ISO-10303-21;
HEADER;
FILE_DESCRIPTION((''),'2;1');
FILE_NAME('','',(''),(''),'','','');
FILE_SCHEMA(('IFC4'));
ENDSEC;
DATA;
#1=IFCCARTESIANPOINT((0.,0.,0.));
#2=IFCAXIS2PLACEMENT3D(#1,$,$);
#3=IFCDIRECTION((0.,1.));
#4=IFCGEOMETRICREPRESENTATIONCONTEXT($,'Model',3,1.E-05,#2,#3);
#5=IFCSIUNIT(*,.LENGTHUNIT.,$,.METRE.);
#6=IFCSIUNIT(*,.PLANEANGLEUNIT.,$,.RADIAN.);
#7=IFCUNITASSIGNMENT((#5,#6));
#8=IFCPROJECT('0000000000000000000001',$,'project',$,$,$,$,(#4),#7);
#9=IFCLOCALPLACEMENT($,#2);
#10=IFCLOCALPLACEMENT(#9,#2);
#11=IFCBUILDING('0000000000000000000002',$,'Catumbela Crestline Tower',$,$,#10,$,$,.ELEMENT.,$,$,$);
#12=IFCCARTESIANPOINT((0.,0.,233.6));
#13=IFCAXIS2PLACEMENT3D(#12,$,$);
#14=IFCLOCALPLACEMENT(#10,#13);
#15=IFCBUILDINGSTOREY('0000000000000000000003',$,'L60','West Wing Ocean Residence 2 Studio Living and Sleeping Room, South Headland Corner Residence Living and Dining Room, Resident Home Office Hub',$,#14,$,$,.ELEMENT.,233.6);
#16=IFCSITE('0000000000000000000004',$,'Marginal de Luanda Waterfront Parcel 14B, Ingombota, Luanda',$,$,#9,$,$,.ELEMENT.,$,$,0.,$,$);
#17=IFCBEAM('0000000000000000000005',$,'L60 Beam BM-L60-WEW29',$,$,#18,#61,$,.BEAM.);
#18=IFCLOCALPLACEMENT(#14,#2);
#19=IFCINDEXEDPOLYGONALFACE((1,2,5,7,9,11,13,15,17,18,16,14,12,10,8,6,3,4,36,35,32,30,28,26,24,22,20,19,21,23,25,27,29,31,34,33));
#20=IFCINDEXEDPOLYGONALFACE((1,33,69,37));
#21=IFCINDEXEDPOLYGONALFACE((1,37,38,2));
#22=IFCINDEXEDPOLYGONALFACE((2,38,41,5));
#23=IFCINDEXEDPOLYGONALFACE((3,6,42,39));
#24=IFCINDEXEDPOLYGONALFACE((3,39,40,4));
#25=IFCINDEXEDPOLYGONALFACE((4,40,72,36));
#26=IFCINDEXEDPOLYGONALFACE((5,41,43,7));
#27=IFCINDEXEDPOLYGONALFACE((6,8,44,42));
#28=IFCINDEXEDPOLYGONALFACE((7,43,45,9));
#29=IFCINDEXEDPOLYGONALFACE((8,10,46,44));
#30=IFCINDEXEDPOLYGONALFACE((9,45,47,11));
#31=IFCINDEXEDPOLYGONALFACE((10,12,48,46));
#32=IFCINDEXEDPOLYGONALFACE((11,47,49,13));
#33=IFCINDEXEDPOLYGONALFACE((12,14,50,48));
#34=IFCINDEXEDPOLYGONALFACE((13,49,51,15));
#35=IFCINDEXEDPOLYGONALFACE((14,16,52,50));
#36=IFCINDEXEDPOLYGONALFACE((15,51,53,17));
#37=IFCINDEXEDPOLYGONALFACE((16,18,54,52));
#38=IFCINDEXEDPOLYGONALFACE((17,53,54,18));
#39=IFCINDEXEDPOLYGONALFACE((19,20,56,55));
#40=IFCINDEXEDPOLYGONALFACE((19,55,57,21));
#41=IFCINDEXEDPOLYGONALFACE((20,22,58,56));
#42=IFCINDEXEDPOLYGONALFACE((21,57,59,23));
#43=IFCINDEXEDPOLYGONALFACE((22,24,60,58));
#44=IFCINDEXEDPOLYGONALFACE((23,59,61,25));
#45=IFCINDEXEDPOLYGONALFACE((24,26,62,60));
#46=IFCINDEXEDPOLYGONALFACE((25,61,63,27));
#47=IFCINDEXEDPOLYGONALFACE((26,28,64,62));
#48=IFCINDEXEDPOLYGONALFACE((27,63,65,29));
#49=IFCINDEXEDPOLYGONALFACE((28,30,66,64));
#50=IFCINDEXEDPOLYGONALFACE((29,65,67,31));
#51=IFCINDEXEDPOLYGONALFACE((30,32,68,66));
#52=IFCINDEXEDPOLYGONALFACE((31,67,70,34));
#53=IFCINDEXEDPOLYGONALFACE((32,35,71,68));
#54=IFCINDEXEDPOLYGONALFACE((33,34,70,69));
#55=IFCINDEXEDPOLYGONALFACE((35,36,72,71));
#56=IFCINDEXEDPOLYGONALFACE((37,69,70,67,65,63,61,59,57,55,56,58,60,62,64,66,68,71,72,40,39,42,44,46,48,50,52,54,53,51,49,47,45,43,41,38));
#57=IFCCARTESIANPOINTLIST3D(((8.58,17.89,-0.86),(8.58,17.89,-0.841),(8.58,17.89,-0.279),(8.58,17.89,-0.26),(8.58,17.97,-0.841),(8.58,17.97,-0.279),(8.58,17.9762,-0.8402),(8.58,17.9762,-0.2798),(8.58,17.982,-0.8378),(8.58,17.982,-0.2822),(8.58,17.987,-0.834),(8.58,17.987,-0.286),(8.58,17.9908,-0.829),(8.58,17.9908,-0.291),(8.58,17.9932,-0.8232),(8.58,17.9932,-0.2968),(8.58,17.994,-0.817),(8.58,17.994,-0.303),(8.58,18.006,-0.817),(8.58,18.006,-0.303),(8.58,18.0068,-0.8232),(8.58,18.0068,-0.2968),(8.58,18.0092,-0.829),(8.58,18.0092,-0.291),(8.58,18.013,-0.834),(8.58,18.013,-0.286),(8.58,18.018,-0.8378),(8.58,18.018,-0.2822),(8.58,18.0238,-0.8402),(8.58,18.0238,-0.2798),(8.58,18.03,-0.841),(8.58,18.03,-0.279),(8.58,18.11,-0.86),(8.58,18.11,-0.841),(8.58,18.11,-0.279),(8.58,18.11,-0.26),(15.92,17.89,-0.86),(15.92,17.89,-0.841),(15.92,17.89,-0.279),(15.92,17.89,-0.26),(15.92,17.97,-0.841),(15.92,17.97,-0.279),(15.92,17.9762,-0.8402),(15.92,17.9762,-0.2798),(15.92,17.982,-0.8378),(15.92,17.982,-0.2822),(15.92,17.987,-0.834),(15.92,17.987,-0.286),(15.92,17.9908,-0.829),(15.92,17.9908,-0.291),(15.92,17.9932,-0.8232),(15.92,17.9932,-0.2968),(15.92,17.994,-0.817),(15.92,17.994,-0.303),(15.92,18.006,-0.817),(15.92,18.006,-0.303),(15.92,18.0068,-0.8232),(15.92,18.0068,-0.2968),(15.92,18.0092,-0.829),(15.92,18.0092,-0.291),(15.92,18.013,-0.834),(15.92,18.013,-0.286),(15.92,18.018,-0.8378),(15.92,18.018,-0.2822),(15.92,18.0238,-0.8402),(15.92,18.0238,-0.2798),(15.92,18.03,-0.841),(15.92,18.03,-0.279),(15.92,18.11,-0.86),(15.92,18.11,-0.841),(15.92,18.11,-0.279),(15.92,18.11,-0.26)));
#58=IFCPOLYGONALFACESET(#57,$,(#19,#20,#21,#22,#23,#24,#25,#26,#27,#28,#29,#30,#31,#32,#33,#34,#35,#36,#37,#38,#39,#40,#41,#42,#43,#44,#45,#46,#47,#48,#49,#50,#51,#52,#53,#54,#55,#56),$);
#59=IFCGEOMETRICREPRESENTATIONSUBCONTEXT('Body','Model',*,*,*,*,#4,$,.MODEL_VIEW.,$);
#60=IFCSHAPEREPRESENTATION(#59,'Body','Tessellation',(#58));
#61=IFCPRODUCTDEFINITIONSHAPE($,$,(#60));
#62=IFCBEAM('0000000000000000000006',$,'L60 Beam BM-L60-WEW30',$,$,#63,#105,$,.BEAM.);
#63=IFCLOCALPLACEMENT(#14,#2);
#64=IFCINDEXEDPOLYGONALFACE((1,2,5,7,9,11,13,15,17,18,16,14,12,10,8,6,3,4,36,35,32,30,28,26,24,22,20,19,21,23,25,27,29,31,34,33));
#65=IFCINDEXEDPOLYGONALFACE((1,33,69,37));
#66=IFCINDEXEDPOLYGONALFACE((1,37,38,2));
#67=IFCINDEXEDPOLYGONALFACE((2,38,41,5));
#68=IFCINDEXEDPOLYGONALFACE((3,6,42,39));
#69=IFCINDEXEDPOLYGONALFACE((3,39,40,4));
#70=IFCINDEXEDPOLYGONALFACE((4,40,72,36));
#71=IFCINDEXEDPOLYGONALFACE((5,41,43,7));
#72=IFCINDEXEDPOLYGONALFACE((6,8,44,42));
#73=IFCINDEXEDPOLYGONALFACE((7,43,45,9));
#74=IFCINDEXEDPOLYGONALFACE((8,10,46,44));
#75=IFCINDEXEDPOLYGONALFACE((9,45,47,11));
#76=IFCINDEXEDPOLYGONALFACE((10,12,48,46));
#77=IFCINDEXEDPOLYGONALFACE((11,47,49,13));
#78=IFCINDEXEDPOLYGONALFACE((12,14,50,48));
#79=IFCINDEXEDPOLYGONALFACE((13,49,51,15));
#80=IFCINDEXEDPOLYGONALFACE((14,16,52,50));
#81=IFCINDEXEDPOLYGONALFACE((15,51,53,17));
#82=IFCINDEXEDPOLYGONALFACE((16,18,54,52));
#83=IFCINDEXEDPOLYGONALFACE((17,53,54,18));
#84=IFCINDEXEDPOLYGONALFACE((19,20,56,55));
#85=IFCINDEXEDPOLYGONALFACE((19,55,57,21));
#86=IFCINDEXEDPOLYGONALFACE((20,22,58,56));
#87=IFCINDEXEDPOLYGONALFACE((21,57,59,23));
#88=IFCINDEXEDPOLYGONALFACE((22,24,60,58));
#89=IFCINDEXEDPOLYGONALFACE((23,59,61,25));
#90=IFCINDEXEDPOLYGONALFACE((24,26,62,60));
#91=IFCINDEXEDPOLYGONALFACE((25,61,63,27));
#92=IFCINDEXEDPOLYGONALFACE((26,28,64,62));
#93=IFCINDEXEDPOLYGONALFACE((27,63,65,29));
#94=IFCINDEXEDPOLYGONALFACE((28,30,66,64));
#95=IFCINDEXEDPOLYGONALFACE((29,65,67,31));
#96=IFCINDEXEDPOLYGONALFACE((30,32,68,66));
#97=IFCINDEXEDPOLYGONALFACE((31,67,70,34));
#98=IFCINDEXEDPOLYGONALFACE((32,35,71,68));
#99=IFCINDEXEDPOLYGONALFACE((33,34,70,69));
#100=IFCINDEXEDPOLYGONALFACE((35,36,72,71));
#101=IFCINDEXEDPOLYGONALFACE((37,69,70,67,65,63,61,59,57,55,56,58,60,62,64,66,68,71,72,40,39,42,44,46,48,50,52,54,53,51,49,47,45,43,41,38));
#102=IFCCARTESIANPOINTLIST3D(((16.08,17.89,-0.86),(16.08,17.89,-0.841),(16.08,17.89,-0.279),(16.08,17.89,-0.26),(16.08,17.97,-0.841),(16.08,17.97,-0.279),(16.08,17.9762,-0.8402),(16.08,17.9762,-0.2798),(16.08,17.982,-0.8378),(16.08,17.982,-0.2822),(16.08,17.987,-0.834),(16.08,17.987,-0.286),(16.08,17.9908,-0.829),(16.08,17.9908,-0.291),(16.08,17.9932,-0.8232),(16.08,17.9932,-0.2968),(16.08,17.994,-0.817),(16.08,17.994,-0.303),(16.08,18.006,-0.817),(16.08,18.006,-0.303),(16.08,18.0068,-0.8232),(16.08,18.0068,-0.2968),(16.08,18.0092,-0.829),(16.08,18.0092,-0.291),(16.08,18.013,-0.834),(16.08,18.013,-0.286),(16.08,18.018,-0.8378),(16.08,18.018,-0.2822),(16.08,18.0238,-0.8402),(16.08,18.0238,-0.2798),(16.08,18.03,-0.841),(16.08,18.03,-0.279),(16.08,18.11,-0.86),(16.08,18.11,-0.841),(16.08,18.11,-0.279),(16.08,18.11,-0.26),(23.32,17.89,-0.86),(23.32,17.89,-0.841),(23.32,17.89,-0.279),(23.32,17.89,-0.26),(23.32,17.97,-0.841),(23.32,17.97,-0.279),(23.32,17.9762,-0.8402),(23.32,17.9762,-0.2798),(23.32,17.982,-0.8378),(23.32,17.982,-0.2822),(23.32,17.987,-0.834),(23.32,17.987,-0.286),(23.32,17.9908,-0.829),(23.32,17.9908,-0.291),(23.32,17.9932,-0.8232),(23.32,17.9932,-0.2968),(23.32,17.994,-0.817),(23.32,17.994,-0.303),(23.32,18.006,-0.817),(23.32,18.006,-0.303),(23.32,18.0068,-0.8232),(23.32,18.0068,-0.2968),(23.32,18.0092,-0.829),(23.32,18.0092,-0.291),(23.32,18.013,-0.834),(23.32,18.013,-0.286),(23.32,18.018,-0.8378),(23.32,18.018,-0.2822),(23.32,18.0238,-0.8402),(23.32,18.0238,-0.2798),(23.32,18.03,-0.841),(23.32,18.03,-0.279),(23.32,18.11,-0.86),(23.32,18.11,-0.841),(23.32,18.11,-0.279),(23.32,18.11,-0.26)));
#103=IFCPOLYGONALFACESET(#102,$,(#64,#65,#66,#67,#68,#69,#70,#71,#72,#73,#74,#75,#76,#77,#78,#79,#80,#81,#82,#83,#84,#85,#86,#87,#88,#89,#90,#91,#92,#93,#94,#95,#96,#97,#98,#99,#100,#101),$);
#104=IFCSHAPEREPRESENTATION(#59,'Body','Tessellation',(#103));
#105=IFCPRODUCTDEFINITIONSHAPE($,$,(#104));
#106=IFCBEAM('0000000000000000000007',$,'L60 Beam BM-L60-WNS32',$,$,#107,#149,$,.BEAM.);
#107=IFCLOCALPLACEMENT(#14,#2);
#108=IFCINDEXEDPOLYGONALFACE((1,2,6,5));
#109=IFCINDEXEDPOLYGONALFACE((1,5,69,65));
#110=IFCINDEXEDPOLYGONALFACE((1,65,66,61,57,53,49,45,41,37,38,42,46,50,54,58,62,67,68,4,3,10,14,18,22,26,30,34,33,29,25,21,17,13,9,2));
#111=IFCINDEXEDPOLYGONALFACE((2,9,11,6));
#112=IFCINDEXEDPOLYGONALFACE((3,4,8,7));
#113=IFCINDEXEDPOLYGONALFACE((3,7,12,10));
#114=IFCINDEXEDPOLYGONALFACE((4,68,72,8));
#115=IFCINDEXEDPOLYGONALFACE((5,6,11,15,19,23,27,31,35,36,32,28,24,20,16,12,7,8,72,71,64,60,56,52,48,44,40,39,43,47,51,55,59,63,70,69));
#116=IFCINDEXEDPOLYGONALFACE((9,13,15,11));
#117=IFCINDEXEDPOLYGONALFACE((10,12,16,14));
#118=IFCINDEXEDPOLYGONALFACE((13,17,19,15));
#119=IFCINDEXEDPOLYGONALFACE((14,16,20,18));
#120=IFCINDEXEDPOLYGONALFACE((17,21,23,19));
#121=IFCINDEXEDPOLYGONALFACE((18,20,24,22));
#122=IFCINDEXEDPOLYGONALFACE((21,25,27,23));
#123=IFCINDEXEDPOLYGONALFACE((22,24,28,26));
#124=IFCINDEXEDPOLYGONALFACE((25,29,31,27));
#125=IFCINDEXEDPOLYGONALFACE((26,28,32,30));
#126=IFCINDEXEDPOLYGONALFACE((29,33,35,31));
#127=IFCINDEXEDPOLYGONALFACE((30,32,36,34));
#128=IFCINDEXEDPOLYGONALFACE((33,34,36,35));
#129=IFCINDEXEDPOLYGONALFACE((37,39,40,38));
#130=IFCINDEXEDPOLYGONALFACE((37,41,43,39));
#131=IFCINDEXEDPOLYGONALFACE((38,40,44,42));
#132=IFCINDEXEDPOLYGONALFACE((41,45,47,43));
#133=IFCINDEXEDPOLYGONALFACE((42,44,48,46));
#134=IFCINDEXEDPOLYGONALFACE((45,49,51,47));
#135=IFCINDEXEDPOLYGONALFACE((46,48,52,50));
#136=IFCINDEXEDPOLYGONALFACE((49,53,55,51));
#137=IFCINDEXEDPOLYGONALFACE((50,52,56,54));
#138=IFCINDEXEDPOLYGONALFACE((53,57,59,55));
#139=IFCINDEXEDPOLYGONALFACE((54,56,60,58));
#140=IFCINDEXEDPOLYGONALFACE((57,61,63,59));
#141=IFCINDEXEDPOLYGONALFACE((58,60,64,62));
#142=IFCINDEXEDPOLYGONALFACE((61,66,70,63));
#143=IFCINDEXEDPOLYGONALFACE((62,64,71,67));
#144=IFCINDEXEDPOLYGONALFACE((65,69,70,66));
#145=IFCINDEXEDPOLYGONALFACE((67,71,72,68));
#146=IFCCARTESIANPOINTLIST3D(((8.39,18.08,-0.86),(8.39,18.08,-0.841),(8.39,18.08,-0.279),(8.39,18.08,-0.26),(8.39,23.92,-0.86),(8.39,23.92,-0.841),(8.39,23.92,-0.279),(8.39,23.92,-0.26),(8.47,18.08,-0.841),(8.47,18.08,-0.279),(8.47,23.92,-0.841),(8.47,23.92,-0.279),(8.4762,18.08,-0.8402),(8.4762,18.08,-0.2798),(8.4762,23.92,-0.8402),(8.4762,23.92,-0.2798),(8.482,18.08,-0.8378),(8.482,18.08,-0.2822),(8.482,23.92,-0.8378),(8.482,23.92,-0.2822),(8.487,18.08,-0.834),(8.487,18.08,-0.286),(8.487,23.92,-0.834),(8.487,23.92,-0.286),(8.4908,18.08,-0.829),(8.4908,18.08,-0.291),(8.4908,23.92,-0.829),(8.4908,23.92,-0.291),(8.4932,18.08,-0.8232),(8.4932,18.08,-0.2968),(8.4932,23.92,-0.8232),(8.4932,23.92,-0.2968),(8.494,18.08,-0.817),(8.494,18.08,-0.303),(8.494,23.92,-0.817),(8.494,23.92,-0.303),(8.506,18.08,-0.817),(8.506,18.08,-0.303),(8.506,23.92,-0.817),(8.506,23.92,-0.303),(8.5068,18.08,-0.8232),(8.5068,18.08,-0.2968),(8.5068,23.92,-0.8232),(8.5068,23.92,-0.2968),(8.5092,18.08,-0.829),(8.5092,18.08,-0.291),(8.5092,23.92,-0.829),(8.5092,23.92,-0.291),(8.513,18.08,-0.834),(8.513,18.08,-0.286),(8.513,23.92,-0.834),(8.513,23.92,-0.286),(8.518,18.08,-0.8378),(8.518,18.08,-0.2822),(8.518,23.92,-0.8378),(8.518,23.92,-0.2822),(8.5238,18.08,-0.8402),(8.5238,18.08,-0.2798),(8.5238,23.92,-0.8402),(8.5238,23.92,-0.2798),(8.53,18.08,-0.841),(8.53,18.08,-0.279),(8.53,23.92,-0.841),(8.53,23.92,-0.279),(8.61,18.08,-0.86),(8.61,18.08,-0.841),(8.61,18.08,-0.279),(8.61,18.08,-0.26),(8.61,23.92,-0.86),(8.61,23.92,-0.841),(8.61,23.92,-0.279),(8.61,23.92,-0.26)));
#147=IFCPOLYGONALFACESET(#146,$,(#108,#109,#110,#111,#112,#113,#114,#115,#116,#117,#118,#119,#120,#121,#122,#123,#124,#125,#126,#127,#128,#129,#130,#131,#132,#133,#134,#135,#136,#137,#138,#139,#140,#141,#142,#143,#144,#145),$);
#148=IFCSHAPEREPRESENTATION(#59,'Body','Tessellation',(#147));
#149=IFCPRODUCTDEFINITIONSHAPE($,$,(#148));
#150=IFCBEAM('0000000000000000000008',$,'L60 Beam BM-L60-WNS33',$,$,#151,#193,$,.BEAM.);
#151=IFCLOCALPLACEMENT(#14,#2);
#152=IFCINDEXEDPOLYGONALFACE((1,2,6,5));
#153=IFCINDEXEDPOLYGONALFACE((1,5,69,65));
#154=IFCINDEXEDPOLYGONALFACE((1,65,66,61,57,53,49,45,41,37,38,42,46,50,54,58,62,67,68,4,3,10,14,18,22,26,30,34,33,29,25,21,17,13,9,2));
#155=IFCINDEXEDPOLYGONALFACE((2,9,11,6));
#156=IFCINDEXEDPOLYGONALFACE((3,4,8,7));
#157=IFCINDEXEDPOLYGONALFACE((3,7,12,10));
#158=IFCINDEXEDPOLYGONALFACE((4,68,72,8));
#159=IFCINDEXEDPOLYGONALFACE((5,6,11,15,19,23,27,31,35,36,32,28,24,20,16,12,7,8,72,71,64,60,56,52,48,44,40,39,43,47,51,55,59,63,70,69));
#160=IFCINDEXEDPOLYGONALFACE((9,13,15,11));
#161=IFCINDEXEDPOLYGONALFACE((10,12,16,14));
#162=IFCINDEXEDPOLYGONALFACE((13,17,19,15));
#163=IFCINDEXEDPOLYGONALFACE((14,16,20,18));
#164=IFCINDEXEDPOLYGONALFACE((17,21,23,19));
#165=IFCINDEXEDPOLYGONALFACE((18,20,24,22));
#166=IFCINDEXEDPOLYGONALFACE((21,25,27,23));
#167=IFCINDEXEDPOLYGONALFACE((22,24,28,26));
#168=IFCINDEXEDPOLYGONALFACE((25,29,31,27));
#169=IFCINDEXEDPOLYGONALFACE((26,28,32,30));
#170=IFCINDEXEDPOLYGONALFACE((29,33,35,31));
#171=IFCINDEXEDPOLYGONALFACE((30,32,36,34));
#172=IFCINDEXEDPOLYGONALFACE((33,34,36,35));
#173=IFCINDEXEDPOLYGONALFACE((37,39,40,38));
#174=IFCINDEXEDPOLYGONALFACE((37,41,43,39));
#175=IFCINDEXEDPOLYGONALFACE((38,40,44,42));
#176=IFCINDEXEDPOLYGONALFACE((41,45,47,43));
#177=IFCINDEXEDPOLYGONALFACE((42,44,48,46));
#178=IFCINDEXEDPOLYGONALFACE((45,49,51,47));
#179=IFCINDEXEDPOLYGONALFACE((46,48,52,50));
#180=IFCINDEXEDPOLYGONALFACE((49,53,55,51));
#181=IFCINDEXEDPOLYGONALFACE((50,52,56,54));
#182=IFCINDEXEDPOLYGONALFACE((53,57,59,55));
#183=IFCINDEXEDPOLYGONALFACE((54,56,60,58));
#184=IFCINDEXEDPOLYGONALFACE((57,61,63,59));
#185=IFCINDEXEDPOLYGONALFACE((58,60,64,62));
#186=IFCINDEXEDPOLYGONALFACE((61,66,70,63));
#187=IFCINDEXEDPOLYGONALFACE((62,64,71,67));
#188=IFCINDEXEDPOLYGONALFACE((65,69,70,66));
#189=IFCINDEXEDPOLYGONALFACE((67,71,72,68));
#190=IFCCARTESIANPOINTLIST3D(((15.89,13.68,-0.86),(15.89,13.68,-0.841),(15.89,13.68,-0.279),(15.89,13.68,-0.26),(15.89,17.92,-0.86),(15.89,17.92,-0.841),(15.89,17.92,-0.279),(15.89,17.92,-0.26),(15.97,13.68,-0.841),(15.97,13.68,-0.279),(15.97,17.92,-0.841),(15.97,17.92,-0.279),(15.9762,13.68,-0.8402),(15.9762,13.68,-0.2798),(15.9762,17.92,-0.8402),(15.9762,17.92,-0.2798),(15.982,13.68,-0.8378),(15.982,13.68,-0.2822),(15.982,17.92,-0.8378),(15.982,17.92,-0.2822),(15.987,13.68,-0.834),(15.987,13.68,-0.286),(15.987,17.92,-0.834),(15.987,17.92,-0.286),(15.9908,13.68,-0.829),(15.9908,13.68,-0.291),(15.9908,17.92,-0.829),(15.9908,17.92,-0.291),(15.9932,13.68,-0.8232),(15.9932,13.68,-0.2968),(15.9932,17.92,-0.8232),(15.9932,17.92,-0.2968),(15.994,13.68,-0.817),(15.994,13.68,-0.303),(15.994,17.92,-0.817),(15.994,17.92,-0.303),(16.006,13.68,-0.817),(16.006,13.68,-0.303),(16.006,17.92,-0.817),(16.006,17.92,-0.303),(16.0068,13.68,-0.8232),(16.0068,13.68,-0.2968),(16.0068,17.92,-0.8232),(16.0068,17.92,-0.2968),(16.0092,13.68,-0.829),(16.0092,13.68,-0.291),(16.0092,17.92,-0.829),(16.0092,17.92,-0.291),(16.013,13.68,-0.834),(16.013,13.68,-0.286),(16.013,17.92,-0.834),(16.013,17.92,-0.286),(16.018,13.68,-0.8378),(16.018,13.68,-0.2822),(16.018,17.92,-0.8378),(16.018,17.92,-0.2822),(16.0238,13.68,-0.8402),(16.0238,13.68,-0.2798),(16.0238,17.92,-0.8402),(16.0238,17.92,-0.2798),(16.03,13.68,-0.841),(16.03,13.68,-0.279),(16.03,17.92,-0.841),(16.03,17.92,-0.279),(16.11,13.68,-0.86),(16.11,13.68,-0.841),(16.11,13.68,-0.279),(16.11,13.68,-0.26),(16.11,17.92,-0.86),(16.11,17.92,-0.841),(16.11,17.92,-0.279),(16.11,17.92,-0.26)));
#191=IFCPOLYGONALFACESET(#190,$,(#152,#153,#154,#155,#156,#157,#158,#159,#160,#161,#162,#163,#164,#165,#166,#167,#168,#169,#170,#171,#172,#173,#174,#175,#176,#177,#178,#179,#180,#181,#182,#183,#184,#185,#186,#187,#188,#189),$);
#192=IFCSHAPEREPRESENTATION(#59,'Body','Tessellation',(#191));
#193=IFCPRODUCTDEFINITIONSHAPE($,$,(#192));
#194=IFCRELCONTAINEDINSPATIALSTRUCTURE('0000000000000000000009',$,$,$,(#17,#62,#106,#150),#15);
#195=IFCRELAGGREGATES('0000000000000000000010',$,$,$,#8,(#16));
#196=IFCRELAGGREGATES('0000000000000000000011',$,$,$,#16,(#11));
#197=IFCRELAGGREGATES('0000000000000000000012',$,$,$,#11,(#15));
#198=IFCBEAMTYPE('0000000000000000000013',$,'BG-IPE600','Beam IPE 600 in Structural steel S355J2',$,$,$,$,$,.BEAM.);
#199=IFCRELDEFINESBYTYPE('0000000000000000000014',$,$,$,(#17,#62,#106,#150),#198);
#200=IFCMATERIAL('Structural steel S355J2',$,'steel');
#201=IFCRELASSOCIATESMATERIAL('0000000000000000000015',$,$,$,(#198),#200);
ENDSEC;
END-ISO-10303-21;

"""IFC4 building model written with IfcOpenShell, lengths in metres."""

from ifc_helpers import new_model, si_unit, direction, frame, origin, origin_2d, place, context, subcontext, project, spatial, i_section, extrude, material, material_profile, profile_set, type_object, element, save


model = new_model("IFC4")

# Units and contexts
model_context = context("Model", 3, precision=1e-05, world=origin(), true_north=direction((0.0, 1.0)))
body_context = subcontext(model_context, "Body", "Model", "MODEL_VIEW")
ifc_project = project(units=[si_unit("LENGTHUNIT", "METRE"), si_unit("PLANEANGLEUNIT", "RADIAN")], contexts=[model_context])

# Site, building, storey
site_placement = place(None, origin())
site = spatial("IfcSite", under=ifc_project, at=site_placement, Name="Marginal de Luanda Waterfront Parcel 14B, Ingombota, Luanda", CompositionType="ELEMENT", RefElevation=0.0)
building_placement = place(site_placement, origin())
building = spatial("IfcBuilding", under=site, at=building_placement, Name="Catumbela Crestline Tower", CompositionType="ELEMENT")
storey_placement = place(building_placement, frame((0.0, 0.0, 233.6)))
storey = spatial("IfcBuildingStorey", under=building, at=storey_placement, Name="L60", Description="West Wing Ocean Residence 2 Studio Living and Sleeping Room, South Headland Corner Residence Living and Dining Room, Resident Home Office Hub", CompositionType="ELEMENT", Elevation=233.6)

# Shared definitions
ifc_material_1 = material(Name="Structural steel S355J2", Category="steel")

# Beams
ifc_material_profile_1 = material_profile(ifc_material_1, i_section(OverallWidth=0.22, OverallDepth=0.6, WebThickness=0.012, FlangeThickness=0.019, FilletRadius=0.024, at=origin_2d()), Name="IPE 600")
ifc_profile_set_1 = profile_set([ifc_material_profile_1], Name="Structural steel S355J2")
beam_type_1 = type_object("IfcBeamType", Name="BG-IPE600", Description="Beam IPE 600 in Structural steel S355J2", PredefinedType="BEAM", material=ifc_profile_set_1)
beam_1_placement = place(storey_placement, frame((8.58, 18.0, -0.56), z_axis=(1.0, 0.0, 0.0), x_axis=(0.0, 1.0, 0.0)))
element("IfcBeam", 1, at=beam_1_placement, inside=storey, type_object=beam_type_1, Name="L60 Beam BM-L60-WEW29", PredefinedType="BEAM", context=body_context, shape_type="SweptSolid", body=[
    extrude(i_section(OverallWidth=0.22, OverallDepth=0.6, WebThickness=0.012, FlangeThickness=0.019, FilletRadius=0.024, at=origin_2d()), origin(), (0.0, 0.0, 1.0), 7.34),
])
beam_2_placement = place(storey_placement, frame((16.08, 18.0, -0.56), z_axis=(1.0, 0.0, 0.0), x_axis=(0.0, 1.0, 0.0)))
element("IfcBeam", 2, at=beam_2_placement, inside=storey, type_object=beam_type_1, Name="L60 Beam BM-L60-WEW30", PredefinedType="BEAM", context=body_context, shape_type="SweptSolid", body=[
    extrude(i_section(OverallWidth=0.22, OverallDepth=0.6, WebThickness=0.012, FlangeThickness=0.019, FilletRadius=0.024, at=origin_2d()), origin(), (0.0, 0.0, 1.0), 7.24),
])
beam_3_placement = place(storey_placement, frame((8.5, 18.08, -0.56), z_axis=(0.0, 1.0, 0.0), x_axis=(-1.0, 0.0, 0.0)))
element("IfcBeam", 3, at=beam_3_placement, inside=storey, type_object=beam_type_1, Name="L60 Beam BM-L60-WNS32", PredefinedType="BEAM", context=body_context, shape_type="SweptSolid", body=[
    extrude(i_section(OverallWidth=0.22, OverallDepth=0.6, WebThickness=0.012, FlangeThickness=0.019, FilletRadius=0.024, at=origin_2d()), origin(), (0.0, 0.0, 1.0), 5.84),
])
beam_4_placement = place(storey_placement, frame((16.0, 13.68, -0.56), z_axis=(0.0, 1.0, 0.0), x_axis=(-1.0, 0.0, 0.0)))
element("IfcBeam", 4, at=beam_4_placement, inside=storey, type_object=beam_type_1, Name="L60 Beam BM-L60-WNS33", PredefinedType="BEAM", context=body_context, shape_type="SweptSolid", body=[
    extrude(i_section(OverallWidth=0.22, OverallDepth=0.6, WebThickness=0.012, FlangeThickness=0.019, FilletRadius=0.024, at=origin_2d()), origin(), (0.0, 0.0, 1.0), 4.24),
])

save(model, "model.ifc")
